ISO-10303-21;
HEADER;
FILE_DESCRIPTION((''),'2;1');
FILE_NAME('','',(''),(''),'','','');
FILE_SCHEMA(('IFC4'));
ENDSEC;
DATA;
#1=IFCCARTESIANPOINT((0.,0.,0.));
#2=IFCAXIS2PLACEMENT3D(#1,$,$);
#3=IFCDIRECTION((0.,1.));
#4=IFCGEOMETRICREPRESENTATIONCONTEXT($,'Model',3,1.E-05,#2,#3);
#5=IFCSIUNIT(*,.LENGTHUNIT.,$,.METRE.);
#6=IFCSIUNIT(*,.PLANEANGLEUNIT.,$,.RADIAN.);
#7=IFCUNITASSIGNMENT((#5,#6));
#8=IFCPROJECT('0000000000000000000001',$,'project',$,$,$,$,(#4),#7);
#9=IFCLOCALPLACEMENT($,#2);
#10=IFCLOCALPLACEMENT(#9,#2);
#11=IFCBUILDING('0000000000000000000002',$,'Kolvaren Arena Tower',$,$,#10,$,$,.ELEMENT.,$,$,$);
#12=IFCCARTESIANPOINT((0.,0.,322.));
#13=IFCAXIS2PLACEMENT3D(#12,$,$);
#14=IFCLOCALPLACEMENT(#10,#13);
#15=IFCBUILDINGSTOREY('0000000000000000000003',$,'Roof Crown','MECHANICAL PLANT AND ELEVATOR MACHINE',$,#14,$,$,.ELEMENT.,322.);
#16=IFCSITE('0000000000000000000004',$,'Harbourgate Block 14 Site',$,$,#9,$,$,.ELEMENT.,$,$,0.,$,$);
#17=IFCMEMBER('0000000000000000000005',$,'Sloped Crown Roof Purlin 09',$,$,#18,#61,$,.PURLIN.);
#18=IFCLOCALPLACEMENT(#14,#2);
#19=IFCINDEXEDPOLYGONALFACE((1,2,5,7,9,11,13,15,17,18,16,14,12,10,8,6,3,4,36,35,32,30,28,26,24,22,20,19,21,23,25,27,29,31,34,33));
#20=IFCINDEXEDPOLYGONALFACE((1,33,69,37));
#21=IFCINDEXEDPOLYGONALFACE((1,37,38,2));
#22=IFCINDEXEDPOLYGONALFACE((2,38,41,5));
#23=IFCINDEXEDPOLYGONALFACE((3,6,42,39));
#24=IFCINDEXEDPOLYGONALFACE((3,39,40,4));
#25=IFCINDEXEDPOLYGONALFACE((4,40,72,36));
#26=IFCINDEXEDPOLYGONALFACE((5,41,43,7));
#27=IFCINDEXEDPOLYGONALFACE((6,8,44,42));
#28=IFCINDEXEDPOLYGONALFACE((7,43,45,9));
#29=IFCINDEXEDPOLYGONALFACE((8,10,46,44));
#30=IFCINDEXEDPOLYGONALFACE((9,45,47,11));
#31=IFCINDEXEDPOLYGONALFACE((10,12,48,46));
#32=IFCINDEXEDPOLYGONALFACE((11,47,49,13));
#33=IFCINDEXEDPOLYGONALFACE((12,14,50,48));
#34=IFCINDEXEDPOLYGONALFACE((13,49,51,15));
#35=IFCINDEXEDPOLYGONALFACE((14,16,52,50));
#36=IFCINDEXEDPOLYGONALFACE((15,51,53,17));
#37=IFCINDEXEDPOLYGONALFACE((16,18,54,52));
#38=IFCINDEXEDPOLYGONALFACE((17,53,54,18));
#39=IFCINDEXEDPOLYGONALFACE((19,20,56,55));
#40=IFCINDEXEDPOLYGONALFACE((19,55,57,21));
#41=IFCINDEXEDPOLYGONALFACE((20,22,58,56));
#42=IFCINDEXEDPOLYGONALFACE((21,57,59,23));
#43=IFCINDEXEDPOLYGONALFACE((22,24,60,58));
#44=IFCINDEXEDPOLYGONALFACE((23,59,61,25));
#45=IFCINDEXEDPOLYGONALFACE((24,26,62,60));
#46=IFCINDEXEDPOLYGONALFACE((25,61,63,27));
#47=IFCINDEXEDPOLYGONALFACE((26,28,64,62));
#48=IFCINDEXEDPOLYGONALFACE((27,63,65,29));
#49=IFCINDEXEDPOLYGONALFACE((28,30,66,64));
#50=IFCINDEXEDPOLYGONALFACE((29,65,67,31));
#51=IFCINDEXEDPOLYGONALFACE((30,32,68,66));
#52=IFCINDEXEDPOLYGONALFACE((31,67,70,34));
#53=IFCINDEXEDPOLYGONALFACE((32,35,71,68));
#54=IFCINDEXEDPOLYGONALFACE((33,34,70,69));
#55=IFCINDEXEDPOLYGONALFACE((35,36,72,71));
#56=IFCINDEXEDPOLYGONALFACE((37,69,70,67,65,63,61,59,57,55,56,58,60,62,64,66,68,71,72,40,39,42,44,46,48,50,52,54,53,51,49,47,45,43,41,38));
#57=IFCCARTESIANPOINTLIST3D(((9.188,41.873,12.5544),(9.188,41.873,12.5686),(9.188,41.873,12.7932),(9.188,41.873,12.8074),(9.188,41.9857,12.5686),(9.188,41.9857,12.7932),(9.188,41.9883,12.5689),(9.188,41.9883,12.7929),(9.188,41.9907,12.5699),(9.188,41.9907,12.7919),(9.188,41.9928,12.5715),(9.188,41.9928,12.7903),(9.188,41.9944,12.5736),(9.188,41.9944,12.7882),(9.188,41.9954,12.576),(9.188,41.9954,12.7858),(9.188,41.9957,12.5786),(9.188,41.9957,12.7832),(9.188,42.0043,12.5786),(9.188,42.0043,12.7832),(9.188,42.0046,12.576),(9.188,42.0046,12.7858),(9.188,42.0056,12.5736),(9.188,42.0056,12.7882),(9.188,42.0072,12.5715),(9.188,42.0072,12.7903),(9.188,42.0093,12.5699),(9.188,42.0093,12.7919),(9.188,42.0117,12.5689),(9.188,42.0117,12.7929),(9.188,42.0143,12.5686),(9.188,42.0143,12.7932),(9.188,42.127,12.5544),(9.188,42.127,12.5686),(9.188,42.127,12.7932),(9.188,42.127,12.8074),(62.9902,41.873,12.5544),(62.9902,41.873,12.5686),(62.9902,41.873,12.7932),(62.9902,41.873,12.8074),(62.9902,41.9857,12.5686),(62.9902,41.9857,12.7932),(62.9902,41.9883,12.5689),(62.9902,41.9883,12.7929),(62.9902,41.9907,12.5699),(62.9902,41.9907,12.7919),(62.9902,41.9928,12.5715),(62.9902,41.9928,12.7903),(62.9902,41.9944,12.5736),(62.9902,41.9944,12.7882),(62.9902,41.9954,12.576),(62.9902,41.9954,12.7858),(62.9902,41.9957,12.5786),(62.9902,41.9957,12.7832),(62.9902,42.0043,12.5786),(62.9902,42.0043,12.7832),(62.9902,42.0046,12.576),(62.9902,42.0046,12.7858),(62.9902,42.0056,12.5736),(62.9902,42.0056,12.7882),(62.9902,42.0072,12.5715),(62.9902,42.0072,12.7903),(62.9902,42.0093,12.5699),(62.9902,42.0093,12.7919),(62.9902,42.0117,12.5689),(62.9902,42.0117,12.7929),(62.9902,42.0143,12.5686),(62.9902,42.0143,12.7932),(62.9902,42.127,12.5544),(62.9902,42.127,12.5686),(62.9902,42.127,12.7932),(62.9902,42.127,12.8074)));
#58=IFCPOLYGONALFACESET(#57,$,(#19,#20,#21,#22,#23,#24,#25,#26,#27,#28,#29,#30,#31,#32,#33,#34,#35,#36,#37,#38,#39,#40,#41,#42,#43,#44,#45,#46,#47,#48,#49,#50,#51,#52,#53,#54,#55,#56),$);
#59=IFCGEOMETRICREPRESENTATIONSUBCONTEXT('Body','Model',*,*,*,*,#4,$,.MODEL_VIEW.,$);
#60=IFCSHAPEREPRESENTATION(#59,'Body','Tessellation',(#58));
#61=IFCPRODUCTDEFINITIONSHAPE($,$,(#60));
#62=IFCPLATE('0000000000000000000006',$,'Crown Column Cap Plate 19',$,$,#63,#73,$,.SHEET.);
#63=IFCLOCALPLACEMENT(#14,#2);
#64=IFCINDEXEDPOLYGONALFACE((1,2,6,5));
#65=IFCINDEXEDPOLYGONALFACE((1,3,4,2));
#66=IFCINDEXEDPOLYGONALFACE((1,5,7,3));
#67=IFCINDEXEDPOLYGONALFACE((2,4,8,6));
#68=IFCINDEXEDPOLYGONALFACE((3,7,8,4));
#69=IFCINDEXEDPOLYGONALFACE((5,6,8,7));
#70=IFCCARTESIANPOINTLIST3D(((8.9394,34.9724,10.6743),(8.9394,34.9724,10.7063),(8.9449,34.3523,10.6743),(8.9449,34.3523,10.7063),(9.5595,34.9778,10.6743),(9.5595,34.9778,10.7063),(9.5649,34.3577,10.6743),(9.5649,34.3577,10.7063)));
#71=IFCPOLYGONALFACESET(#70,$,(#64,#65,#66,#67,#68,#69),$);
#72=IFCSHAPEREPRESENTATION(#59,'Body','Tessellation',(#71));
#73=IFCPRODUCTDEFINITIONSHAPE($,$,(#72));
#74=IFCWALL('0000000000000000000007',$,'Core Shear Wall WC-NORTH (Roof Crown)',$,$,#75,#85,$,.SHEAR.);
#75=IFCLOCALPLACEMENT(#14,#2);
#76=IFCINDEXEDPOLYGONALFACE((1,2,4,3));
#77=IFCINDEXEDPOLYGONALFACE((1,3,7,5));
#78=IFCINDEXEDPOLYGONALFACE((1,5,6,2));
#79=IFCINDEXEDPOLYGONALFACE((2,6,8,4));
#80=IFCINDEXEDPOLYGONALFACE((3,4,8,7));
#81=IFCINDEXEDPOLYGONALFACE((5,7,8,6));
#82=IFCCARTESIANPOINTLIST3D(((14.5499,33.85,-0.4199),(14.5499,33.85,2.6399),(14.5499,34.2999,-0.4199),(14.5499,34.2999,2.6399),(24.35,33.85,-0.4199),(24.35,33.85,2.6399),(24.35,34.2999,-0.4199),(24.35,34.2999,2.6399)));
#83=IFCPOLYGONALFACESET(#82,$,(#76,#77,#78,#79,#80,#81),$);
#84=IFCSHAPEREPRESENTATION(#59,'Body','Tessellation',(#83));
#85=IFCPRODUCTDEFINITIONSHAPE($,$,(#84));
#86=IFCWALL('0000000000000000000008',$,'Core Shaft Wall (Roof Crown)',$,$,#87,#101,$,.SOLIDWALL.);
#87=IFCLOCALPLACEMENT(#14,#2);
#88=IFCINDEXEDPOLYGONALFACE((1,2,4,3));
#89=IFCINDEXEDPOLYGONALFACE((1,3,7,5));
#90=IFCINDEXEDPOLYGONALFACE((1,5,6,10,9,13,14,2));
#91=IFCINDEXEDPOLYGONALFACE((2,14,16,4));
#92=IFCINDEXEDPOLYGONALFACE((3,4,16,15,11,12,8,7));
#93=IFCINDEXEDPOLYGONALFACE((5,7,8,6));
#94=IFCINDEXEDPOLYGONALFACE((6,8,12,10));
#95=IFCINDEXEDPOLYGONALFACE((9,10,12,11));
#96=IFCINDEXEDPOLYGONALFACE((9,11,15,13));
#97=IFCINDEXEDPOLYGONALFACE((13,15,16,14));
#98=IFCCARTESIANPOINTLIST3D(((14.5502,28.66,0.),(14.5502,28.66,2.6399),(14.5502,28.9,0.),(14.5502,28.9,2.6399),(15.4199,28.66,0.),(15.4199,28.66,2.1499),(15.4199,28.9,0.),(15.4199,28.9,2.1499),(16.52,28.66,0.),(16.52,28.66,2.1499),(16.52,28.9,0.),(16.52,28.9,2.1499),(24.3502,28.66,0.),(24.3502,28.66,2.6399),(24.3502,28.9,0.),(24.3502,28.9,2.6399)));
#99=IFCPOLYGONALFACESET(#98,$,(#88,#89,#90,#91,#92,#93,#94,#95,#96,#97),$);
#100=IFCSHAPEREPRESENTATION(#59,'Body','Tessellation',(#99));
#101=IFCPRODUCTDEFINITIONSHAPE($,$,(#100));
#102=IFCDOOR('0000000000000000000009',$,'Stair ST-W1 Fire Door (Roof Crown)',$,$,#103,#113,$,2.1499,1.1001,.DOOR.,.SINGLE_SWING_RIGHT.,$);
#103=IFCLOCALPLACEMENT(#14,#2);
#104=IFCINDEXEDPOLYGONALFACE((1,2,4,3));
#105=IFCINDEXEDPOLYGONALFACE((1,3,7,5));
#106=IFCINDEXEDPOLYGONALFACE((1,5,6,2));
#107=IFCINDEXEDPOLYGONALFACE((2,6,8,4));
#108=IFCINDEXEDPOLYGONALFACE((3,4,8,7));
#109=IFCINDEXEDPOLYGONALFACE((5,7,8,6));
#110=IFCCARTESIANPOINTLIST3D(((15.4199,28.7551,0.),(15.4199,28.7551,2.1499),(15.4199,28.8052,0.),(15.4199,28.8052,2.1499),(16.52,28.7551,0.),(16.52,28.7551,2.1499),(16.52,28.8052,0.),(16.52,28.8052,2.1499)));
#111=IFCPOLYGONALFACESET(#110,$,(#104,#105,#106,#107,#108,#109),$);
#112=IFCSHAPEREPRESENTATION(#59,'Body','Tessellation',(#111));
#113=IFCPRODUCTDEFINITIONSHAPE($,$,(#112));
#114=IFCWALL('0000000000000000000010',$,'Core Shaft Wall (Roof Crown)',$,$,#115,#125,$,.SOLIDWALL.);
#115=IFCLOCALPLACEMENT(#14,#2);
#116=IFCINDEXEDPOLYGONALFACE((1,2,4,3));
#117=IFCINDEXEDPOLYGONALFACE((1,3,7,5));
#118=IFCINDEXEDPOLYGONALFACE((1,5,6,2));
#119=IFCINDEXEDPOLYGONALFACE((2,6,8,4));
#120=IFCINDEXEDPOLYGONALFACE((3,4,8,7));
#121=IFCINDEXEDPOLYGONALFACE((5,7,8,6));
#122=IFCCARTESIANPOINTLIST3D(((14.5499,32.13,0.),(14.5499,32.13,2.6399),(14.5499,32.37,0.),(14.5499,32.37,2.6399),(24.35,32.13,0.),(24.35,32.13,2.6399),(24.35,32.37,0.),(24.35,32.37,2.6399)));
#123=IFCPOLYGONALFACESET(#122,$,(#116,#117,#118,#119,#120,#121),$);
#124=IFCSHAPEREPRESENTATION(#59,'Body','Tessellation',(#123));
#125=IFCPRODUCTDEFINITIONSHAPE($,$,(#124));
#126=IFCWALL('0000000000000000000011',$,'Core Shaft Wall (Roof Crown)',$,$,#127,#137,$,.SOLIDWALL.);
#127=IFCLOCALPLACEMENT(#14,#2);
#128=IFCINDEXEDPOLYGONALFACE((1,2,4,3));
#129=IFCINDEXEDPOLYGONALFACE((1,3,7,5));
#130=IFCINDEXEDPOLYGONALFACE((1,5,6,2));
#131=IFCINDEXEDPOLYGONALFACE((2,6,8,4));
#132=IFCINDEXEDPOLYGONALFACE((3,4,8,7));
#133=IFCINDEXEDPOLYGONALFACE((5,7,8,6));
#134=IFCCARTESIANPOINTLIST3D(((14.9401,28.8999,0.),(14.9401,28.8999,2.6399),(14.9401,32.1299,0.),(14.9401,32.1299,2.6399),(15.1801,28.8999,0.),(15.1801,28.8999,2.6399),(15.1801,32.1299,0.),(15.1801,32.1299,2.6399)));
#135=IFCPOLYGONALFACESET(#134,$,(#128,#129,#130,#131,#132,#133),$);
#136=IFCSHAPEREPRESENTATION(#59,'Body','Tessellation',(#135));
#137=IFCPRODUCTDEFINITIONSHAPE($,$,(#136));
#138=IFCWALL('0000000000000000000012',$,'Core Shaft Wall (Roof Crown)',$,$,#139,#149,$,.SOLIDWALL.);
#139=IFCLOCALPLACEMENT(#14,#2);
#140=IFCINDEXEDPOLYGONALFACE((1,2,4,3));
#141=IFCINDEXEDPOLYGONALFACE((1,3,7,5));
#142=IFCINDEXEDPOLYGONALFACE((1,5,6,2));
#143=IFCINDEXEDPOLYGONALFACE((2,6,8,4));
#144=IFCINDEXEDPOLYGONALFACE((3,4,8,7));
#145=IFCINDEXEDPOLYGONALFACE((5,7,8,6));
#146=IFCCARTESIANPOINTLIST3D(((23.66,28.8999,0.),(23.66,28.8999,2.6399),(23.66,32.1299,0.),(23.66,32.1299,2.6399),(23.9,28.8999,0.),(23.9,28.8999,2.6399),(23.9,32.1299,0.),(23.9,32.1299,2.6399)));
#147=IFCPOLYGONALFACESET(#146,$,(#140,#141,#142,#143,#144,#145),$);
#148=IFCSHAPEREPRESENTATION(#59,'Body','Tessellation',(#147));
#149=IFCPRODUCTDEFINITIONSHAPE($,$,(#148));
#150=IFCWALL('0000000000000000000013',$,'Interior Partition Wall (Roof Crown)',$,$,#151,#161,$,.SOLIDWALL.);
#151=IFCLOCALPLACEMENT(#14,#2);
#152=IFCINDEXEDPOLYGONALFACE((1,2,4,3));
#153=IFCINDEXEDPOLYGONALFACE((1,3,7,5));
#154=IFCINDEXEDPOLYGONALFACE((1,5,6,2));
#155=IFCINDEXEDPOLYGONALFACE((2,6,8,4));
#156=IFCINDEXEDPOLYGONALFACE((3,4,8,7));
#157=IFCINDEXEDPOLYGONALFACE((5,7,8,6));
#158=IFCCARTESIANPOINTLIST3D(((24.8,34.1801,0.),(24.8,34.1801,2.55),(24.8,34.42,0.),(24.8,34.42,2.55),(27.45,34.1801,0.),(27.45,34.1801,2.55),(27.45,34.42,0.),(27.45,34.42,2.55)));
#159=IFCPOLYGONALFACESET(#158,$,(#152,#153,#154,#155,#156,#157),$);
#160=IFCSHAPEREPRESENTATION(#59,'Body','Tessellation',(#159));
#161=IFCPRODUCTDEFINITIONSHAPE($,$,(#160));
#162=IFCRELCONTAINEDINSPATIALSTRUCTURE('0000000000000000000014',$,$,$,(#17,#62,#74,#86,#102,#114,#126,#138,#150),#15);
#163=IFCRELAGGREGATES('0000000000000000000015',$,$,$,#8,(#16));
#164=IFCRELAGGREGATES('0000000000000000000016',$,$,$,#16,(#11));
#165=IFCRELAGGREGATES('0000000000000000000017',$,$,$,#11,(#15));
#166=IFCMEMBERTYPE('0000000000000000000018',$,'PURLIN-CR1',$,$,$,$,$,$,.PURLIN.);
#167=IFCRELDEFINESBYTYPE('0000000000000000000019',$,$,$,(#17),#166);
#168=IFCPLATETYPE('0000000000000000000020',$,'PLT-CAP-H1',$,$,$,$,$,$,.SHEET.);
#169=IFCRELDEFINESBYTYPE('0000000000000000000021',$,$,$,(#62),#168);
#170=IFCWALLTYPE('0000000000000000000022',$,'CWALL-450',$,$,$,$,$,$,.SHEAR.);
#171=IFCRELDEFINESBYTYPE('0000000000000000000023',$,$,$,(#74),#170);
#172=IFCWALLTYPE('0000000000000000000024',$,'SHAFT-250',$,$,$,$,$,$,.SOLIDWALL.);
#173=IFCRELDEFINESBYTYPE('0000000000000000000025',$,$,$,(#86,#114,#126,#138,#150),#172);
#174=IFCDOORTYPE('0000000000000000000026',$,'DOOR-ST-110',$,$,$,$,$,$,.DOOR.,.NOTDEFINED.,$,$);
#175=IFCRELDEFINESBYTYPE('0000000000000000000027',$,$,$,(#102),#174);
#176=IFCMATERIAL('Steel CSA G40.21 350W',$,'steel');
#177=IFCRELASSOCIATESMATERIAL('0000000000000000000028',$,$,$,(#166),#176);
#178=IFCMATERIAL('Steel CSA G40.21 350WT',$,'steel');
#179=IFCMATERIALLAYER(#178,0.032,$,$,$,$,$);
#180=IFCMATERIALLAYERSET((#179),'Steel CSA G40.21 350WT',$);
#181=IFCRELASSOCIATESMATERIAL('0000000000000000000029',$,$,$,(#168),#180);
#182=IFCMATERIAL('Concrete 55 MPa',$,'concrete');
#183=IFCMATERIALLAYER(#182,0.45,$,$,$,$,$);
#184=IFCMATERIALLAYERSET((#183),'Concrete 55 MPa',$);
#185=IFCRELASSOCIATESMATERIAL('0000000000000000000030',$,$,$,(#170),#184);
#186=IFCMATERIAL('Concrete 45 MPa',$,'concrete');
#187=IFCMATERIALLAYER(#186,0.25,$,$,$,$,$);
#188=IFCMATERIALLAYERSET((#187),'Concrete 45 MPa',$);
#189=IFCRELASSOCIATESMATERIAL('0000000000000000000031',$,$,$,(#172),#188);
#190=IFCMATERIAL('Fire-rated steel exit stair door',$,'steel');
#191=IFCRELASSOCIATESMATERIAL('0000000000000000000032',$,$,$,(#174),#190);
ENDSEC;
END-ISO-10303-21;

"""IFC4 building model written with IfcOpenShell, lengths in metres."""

from ifc_helpers import new_model, si_unit, direction, frame, frame_2d, origin, origin_2d, place, context, subcontext, project, spatial, rectangle, i_section, extrude, material, layer, layer_set, material_profile, profile_set, type_object, element, fill, save


model = new_model("IFC4")

# Units and contexts
model_context = context("Model", 3, precision=1e-05, world=origin(), true_north=direction((0.0, 1.0)))
body_context = subcontext(model_context, "Body", "Model", "MODEL_VIEW")
ifc_project = project(units=[si_unit("LENGTHUNIT", "METRE"), si_unit("PLANEANGLEUNIT", "RADIAN")], contexts=[model_context])

# Site, building, storey
site_placement = place(None, origin())
site = spatial("IfcSite", under=ifc_project, at=site_placement, Name="Harbourgate Block 14 Site", CompositionType="ELEMENT", RefElevation=0.0)
building_placement = place(site_placement, origin())
building = spatial("IfcBuilding", under=site, at=building_placement, Name="Kolvaren Arena Tower", CompositionType="ELEMENT")
storey_placement = place(building_placement, frame((0.0, 0.0, 322.0)))
storey = spatial("IfcBuildingStorey", under=building, at=storey_placement, Name="Roof Crown", Description="MECHANICAL PLANT AND ELEVATOR MACHINE", CompositionType="ELEMENT", Elevation=322.0)

# Shared definitions
ifc_material_1 = material(Name="Steel CSA G40.21 350W", Category="steel")

# Member
ifc_material_profile_1 = material_profile(ifc_material_1, i_section(OverallWidth=0.2539, OverallDepth=0.2529, WebThickness=0.0085, FlangeThickness=0.0142, FilletRadius=0.01, at=origin_2d()), Name="W250x73")
ifc_profile_set_1 = profile_set([ifc_material_profile_1], Name="Steel CSA G40.21 350W")
member_type_1 = type_object("IfcMemberType", Name="PURLIN-CR1", PredefinedType="PURLIN", material=ifc_profile_set_1)
member_1_placement = place(storey_placement, frame((9.188, 42.0, 12.6809), z_axis=(1.0, 0.0, 0.0), x_axis=(0.0, 1.0, 0.0)))
element("IfcMember", 1, at=member_1_placement, inside=storey, type_object=member_type_1, Name="Sloped Crown Roof Purlin 09", PredefinedType="PURLIN", context=body_context, shape_type="SweptSolid", body=[
    extrude(i_section(OverallWidth=0.2539, OverallDepth=0.2529, WebThickness=0.0085, FlangeThickness=0.0142, FilletRadius=0.01, at=origin_2d()), origin(), (0.0, 0.0, 1.0), 53.8022),
])

# Plate
ifc_material_2 = material(Name="Steel CSA G40.21 350WT", Category="steel")
ifc_layer_1 = layer(ifc_material_2, 0.032)
ifc_layer_set_1 = layer_set([ifc_layer_1], Name="Steel CSA G40.21 350WT")
plate_type = type_object("IfcPlateType", Name="PLT-CAP-H1", PredefinedType="SHEET", material=ifc_layer_set_1)
plate_placement = place(storey_placement, frame((9.2522, 34.665, 10.6743), z_axis=(0.0, 0.0, 1.0), x_axis=(-0.008727, 0.999962, 0.0)))
element("IfcPlate", 2, at=plate_placement, inside=storey, type_object=plate_type, Name="Crown Column Cap Plate 19", PredefinedType="SHEET", context=body_context, shape_type="SweptSolid", body=[
    extrude(rectangle(XDim=0.6201, YDim=0.6201, at=origin_2d()), origin(), (0.0, 0.0, 1.0), 0.032),
])

# Wall
ifc_material_3 = material(Name="Concrete 55 MPa", Category="concrete")
ifc_layer_2 = layer(ifc_material_3, 0.45)
ifc_layer_set_2 = layer_set([ifc_layer_2], Name="Concrete 55 MPa")
wall_type_1 = type_object("IfcWallType", Name="CWALL-450", PredefinedType="SHEAR", material=ifc_layer_set_2)
wall_1_placement = place(storey_placement, frame((14.55, 34.075, -0.4199), z_axis=(0.0, 0.0, 1.0), x_axis=(1.0, 0.0, 0.0)))
element("IfcWall", 3, at=wall_1_placement, inside=storey, type_object=wall_type_1, Name="Core Shear Wall WC-NORTH (Roof Crown)", PredefinedType="SHEAR", context=body_context, shape_type="SweptSolid", body=[
    extrude(rectangle(XDim=9.8, YDim=0.45, at=frame_2d((4.8999, 0.0))), origin(), (0.0, 0.0, 1.0), 3.0598),
])

# Wall, opening, door
ifc_material_4 = material(Name="Concrete 45 MPa", Category="concrete")
ifc_layer_3 = layer(ifc_material_4, 0.25)
ifc_layer_set_3 = layer_set([ifc_layer_3], Name="Concrete 45 MPa")
wall_type_2 = type_object("IfcWallType", Name="SHAFT-250", PredefinedType="SOLIDWALL", material=ifc_layer_set_3)
wall_2_placement = place(storey_placement, frame((24.3501, 28.78, 0.0), z_axis=(0.0, 0.0, 1.0), x_axis=(-1.0, 0.0, 0.0)))
wall_2 = element("IfcWall", 4, at=wall_2_placement, inside=storey, type_object=wall_type_2, Name="Core Shaft Wall (Roof Crown)", PredefinedType="SOLIDWALL", context=body_context, shape_type="SweptSolid", body=[
    extrude(rectangle(XDim=9.8, YDim=0.24, at=frame_2d((4.8999, 0.0))), origin(), (0.0, 0.0, 1.0), 2.6399),
])
opening_placement = place(wall_2_placement, frame((7.8301, 0.0, 0.0)))
opening = element("IfcOpeningElement", 5, at=opening_placement, cuts=wall_2, PredefinedType="OPENING", context=body_context, shape_type="SweptSolid", body=[
    extrude(rectangle(XDim=1.1001, YDim=2.1499, at=frame_2d((0.55, 1.075))), frame((0.0, 0.1299, 0.0), z_axis=(0.0, -1.0, 0.0), x_axis=(1.0, 0.0, 0.0)), (0.0, 0.0, 1.0), 0.26),
])
ifc_material_5 = material(Name="Fire-rated steel exit stair door", Category="steel")
door_type = type_object("IfcDoorType", Name="DOOR-ST-110", OperationType="NOTDEFINED", PredefinedType="DOOR", material=ifc_material_5)
door_placement = place(opening_placement, origin())
door = element("IfcDoor", 6, at=door_placement, inside=storey, type_object=door_type, Name="Stair ST-W1 Fire Door (Roof Crown)", OperationType="SINGLE_SWING_RIGHT", OverallHeight=2.1499, OverallWidth=1.1001, PredefinedType="DOOR", context=body_context, shape_type="SweptSolid", body=[
    extrude(rectangle(XDim=1.1001, YDim=2.1499, at=frame_2d((0.55, 1.075))), frame((0.0, 0.0249, 0.0), z_axis=(0.0, -1.0, 0.0), x_axis=(1.0, 0.0, 0.0)), (0.0, 0.0, 1.0), 0.05),
])
fill(opening, door)

# Walls
wall_3_placement = place(storey_placement, frame((14.55, 32.25, 0.0), z_axis=(0.0, 0.0, 1.0), x_axis=(1.0, 0.0, 0.0)))
element("IfcWall", 7, at=wall_3_placement, inside=storey, type_object=wall_type_2, Name="Core Shaft Wall (Roof Crown)", PredefinedType="SOLIDWALL", context=body_context, shape_type="SweptSolid", body=[
    extrude(rectangle(XDim=9.8, YDim=0.24, at=frame_2d((4.8999, 0.0))), origin(), (0.0, 0.0, 1.0), 2.6399),
])
for number, where, z_axis, x_axis, name in (
    (8, (15.0601, 28.8999, 0.0), (0.0, 0.0, 1.0), (0.0, 1.0, 0.0), "Core Shaft Wall (Roof Crown)"),
    (9, (23.78, 28.8999, 0.0), (0.0, 0.0, 1.0), (0.0, 1.0, 0.0), "Core Shaft Wall (Roof Crown)"),
):
    element("IfcWall", number, at=place(storey_placement, frame(where, z_axis=z_axis, x_axis=x_axis)), inside=storey, type_object=wall_type_2, Name=name, PredefinedType="SOLIDWALL", context=body_context, shape_type="SweptSolid", body=[
        extrude(rectangle(XDim=3.23, YDim=0.24, at=frame_2d((1.615, 0.0))), origin(), (0.0, 0.0, 1.0), 2.6399),
    ])
wall_4_placement = place(storey_placement, frame((24.8, 34.3, 0.0), z_axis=(0.0, 0.0, 1.0), x_axis=(1.0, 0.0, 0.0)))
element("IfcWall", 10, at=wall_4_placement, inside=storey, type_object=wall_type_2, Name="Interior Partition Wall (Roof Crown)", PredefinedType="SOLIDWALL", context=body_context, shape_type="SweptSolid", body=[
    extrude(rectangle(XDim=2.6499, YDim=0.24, at=frame_2d((1.325, 0.0))), origin(), (0.0, 0.0, 1.0), 2.55),
])

save(model, "model.ifc")
